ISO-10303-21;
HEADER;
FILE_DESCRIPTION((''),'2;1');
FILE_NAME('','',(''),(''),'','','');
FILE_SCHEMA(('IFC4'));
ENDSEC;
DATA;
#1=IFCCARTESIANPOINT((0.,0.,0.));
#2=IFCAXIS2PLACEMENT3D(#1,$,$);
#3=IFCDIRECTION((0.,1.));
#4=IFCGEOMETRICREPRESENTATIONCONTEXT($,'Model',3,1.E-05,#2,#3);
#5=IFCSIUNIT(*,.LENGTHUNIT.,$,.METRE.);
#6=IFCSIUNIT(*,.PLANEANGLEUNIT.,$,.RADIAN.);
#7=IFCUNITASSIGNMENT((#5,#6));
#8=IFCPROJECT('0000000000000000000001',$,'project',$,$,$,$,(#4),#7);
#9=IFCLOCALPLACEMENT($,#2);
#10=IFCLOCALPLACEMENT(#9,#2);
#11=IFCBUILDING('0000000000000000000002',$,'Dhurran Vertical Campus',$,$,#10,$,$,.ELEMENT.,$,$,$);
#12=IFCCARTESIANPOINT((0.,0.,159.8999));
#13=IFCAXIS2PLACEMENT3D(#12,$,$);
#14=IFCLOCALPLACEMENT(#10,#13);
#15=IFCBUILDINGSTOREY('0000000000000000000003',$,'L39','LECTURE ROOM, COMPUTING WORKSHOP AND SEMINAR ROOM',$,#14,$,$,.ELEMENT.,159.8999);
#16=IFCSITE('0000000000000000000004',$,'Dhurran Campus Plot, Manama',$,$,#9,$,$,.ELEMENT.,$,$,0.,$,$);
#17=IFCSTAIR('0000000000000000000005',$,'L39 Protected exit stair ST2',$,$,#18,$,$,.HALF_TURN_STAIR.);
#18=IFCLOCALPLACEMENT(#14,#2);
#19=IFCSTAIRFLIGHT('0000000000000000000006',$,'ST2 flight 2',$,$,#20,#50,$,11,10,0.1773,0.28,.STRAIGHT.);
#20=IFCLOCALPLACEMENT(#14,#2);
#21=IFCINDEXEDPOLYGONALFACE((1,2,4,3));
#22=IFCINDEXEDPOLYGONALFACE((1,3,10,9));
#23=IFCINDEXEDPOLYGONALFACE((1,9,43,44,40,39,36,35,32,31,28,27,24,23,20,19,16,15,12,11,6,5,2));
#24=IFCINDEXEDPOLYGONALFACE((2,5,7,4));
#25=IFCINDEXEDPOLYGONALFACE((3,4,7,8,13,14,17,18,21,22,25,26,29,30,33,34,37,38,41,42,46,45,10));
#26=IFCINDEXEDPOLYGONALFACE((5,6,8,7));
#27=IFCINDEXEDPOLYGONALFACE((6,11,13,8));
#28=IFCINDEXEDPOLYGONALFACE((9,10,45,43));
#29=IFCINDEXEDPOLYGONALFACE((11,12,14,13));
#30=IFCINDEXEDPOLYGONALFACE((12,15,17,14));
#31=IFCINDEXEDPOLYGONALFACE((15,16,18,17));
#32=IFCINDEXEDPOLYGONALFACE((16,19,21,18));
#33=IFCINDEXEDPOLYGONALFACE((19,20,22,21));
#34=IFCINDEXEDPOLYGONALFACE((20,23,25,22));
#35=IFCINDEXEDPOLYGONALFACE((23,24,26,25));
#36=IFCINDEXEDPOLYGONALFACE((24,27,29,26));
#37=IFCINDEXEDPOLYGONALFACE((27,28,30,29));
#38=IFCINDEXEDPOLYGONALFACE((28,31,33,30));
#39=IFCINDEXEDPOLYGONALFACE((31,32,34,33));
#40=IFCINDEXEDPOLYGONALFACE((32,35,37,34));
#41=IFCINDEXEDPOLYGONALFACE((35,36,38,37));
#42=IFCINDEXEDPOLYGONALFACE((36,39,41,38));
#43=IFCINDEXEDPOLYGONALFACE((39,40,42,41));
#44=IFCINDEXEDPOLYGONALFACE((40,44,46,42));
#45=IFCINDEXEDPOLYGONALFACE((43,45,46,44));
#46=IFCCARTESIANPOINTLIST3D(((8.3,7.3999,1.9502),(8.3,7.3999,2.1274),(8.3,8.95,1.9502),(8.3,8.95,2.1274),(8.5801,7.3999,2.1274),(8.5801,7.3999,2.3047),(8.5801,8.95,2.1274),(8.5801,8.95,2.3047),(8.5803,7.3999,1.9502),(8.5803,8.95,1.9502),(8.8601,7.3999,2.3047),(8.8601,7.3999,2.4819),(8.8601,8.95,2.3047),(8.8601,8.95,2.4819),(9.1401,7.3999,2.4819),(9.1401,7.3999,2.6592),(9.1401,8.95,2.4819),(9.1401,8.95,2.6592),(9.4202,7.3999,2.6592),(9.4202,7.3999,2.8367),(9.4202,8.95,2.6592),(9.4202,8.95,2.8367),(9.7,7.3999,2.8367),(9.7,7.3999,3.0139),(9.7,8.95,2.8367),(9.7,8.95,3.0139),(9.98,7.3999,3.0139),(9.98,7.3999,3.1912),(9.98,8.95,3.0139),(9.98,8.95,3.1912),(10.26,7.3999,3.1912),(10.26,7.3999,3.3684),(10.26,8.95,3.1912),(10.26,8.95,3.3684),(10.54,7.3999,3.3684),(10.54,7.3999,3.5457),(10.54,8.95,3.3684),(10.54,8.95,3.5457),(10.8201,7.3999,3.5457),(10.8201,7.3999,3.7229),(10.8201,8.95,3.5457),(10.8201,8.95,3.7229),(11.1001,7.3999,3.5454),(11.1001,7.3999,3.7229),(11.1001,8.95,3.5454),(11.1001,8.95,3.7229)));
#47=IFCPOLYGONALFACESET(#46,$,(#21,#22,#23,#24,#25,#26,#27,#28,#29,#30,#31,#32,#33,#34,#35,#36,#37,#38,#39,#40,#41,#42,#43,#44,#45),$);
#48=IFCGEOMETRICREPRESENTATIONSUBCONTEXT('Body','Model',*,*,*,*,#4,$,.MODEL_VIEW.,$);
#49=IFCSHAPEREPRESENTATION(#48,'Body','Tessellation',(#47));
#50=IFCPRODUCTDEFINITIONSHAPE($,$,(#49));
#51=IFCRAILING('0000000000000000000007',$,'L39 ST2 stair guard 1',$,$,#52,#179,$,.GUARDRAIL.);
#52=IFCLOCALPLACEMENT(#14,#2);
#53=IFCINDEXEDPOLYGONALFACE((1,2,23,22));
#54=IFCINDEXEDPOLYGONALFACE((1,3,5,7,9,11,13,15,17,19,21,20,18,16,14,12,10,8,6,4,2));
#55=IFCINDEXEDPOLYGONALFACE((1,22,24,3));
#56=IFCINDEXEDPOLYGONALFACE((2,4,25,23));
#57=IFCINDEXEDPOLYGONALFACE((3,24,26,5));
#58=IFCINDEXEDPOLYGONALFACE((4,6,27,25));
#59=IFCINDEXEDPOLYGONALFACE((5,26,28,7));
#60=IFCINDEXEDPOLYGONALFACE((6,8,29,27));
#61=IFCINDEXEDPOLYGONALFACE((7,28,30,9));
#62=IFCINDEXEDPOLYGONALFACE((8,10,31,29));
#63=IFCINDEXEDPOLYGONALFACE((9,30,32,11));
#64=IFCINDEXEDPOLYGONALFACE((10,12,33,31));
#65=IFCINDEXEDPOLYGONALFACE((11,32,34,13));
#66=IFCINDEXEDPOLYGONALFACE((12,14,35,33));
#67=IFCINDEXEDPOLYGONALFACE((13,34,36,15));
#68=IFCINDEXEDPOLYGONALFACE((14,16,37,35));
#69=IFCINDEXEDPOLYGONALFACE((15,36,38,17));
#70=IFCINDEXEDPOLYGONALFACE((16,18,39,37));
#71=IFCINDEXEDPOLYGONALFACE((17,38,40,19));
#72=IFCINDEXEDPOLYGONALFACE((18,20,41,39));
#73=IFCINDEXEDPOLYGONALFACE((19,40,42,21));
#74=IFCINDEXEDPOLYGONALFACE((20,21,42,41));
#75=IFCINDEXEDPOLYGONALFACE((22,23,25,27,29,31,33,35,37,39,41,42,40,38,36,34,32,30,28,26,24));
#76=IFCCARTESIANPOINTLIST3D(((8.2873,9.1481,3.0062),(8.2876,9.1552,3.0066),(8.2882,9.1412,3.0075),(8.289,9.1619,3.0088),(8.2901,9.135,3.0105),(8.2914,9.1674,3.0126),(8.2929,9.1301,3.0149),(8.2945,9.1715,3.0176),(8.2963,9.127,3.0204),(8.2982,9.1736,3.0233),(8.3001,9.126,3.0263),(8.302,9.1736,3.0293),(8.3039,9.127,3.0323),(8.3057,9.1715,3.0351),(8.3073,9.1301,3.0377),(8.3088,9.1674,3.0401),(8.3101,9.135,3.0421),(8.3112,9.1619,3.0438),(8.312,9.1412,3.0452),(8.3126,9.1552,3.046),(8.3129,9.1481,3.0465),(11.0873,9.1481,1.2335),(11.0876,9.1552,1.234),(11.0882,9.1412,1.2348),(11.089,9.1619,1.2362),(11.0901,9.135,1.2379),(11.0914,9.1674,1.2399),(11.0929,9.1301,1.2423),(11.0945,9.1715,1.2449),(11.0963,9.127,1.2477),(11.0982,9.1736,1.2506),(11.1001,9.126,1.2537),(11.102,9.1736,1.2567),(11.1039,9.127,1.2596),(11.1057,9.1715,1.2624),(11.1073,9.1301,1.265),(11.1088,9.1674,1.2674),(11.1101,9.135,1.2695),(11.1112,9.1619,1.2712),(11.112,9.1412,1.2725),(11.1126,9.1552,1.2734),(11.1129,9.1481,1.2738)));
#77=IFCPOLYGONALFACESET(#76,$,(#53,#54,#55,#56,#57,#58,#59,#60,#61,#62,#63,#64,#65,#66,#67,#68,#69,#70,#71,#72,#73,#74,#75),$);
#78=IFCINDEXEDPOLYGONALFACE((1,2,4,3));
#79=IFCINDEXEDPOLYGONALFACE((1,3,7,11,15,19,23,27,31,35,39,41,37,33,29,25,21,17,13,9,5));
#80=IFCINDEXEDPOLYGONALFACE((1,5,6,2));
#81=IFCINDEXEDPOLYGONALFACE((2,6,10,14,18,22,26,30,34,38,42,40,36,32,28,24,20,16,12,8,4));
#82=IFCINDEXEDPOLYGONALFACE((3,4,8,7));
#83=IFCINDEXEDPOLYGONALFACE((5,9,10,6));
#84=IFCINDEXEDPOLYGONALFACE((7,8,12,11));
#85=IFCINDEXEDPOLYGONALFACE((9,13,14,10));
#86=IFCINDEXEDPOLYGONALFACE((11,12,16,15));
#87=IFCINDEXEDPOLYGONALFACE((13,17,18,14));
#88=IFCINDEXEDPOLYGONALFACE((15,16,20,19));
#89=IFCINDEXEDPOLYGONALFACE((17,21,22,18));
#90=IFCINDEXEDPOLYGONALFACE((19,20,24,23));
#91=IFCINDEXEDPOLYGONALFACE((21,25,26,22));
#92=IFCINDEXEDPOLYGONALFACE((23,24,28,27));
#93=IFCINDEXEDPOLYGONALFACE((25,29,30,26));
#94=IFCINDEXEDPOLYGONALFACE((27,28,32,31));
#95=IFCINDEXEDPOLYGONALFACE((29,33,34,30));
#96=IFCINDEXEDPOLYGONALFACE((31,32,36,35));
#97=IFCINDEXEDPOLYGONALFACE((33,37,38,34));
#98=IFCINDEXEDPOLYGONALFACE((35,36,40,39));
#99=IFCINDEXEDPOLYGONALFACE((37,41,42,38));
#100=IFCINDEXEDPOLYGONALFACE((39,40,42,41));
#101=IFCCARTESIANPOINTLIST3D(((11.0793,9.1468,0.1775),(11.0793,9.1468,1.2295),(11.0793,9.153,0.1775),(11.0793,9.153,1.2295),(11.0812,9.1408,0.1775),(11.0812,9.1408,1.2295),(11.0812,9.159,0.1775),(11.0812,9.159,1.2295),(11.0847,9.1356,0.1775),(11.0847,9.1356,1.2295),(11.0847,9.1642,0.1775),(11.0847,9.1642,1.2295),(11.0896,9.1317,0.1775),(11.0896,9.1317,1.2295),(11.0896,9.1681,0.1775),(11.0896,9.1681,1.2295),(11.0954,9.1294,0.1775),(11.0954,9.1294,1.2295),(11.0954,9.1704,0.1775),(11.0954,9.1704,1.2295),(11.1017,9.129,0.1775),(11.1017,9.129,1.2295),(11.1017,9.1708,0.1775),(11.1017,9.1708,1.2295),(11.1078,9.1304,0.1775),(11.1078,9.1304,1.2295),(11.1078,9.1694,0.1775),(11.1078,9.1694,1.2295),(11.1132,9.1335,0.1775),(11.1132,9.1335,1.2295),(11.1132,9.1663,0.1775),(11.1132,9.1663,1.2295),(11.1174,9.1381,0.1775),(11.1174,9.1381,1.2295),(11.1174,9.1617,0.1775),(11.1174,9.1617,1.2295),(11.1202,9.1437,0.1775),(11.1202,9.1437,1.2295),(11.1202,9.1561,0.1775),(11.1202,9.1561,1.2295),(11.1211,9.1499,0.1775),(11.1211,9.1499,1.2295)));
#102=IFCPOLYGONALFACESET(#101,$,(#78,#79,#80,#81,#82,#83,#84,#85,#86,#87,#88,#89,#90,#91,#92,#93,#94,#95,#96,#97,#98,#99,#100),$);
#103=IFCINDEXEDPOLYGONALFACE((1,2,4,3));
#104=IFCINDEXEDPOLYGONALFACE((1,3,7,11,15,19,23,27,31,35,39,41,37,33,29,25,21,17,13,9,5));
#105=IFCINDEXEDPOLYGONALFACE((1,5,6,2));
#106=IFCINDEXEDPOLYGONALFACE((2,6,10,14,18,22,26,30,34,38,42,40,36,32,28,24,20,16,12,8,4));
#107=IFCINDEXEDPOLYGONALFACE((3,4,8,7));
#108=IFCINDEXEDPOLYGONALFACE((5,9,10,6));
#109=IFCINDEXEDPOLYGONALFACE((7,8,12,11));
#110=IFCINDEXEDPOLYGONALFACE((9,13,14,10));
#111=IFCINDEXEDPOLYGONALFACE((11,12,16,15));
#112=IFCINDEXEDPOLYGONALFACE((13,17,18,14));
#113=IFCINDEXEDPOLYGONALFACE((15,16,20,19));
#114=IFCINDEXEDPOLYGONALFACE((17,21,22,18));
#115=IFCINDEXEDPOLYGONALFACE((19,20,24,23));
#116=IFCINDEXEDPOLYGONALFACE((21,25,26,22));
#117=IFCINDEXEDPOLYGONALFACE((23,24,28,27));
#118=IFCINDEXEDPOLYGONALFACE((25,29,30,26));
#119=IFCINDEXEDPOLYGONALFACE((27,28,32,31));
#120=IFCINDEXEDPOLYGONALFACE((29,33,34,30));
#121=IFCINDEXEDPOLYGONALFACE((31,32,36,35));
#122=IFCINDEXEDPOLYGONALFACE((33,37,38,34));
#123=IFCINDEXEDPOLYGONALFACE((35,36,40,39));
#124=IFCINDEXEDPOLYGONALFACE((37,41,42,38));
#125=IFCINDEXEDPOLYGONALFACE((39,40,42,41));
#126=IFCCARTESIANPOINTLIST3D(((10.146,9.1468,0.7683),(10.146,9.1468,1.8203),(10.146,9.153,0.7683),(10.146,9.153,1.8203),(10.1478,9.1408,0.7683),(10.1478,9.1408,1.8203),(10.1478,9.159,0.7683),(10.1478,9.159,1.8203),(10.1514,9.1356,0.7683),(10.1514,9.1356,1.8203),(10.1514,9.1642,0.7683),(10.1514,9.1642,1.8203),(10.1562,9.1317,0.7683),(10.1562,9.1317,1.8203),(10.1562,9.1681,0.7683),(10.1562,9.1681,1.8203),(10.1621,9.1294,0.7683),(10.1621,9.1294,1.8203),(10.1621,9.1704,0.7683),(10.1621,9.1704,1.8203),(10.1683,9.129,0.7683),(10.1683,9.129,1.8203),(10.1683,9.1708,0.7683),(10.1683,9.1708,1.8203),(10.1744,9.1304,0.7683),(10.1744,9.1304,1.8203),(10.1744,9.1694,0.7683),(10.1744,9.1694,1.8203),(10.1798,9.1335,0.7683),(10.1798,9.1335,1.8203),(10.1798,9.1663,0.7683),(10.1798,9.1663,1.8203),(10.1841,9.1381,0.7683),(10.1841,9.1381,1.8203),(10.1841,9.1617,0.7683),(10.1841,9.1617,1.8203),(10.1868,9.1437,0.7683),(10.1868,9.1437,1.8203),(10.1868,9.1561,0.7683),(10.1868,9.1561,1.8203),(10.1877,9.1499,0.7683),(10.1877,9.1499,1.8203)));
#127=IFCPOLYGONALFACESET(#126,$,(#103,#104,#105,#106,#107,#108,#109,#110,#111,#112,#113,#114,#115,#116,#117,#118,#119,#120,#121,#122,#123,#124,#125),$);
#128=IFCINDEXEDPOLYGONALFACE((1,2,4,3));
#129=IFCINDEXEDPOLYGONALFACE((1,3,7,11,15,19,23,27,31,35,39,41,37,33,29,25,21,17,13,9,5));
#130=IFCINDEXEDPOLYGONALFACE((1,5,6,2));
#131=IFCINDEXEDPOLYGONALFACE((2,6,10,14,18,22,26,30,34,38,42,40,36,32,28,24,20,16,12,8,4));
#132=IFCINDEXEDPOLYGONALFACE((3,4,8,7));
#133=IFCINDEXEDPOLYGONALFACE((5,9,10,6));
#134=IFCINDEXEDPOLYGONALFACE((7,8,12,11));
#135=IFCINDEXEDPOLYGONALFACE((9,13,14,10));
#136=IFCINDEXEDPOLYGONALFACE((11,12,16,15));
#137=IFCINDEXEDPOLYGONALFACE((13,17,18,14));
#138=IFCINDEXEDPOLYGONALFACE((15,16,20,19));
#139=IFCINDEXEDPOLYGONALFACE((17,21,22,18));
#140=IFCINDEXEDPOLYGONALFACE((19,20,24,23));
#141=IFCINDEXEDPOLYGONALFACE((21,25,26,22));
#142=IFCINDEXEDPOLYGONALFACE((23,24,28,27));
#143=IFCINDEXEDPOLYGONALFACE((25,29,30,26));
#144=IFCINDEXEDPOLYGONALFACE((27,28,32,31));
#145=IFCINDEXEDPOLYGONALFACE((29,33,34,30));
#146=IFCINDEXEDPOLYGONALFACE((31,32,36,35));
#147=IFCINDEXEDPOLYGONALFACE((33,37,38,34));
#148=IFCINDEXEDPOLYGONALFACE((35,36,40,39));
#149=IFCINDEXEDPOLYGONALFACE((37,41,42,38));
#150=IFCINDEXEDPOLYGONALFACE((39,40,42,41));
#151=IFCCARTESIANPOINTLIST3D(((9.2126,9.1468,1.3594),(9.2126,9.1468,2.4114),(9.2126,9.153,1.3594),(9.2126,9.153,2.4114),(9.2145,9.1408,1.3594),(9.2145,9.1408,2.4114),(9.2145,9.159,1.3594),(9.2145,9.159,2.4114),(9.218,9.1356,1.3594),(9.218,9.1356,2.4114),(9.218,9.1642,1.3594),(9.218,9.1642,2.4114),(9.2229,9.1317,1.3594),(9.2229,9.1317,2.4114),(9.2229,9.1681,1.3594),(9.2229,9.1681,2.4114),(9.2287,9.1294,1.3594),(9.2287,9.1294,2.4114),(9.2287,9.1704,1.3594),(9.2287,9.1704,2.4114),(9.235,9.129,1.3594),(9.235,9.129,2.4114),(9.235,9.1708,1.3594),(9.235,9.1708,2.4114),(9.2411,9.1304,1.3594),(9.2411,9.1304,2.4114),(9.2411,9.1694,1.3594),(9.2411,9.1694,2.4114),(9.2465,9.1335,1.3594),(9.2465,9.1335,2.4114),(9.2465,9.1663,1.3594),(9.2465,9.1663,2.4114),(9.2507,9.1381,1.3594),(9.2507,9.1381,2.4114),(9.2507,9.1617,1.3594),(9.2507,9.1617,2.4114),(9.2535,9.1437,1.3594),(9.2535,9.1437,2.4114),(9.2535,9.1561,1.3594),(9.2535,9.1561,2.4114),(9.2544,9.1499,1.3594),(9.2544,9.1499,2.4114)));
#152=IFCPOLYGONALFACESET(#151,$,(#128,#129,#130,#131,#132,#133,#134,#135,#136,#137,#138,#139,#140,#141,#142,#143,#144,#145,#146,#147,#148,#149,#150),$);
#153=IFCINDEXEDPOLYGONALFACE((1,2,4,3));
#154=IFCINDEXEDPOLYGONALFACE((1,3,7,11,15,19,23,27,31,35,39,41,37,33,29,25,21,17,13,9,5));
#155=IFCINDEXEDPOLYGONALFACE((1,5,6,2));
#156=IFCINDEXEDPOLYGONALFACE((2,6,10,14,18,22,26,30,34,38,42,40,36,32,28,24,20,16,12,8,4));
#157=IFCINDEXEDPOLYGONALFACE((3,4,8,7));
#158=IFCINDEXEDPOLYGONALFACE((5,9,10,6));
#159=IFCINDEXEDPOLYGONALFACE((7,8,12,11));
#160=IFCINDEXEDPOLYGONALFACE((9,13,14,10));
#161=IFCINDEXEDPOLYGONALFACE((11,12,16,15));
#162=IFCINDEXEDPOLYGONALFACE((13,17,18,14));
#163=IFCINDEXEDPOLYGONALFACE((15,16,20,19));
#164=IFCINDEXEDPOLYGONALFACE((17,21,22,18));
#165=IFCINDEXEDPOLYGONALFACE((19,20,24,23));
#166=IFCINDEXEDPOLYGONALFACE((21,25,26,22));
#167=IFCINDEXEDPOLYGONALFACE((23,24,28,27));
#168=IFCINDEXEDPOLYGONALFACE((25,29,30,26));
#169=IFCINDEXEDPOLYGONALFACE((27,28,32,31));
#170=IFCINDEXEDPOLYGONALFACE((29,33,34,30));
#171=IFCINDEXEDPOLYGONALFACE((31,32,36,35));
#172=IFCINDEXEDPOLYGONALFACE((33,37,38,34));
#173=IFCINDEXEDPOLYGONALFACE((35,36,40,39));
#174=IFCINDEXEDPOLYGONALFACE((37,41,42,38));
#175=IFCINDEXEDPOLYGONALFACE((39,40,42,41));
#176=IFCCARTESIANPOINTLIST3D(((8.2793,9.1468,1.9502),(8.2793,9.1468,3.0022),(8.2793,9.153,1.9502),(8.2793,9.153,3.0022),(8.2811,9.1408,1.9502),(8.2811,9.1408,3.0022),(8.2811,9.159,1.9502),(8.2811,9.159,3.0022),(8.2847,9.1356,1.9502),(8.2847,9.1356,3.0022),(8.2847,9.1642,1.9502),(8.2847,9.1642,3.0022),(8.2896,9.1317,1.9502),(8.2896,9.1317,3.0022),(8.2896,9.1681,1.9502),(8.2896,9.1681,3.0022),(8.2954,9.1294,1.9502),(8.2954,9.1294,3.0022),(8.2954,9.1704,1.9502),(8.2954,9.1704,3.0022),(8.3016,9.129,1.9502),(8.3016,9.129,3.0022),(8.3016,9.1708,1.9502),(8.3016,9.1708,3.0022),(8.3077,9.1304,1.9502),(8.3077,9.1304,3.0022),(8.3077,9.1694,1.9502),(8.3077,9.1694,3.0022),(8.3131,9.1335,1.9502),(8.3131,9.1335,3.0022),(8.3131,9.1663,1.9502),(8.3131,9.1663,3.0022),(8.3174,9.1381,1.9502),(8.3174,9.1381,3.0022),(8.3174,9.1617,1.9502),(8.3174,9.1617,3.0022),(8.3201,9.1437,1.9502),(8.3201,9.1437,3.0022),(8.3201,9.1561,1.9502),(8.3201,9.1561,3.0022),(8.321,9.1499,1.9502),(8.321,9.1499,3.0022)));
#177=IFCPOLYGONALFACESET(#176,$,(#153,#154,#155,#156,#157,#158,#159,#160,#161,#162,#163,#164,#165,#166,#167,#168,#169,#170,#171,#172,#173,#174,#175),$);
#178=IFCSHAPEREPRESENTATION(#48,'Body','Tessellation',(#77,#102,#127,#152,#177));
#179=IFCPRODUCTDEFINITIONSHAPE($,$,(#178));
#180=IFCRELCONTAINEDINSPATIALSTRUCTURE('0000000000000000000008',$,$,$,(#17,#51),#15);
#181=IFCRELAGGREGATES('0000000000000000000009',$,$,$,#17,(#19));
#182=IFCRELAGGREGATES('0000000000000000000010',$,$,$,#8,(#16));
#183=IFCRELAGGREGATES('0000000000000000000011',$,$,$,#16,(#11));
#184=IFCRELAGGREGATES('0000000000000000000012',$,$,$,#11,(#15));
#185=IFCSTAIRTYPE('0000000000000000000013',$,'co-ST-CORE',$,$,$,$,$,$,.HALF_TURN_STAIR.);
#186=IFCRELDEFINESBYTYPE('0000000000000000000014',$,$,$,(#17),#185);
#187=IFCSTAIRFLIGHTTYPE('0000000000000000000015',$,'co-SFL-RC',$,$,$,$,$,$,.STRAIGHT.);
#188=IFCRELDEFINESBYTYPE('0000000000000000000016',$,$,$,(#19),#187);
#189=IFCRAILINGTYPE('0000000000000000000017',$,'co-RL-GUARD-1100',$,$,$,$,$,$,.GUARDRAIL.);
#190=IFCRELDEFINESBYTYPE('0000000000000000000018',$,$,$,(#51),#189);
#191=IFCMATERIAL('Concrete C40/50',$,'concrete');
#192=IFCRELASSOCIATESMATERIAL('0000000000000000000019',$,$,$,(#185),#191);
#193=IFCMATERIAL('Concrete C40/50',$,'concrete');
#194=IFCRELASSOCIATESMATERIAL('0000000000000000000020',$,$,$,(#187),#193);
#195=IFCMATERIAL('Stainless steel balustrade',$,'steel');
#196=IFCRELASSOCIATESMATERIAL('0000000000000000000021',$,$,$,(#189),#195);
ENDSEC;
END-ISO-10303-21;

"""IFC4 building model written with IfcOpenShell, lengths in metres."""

from ifc_helpers import new_model, si_unit, direction, frame, origin, origin_2d, place, context, subcontext, project, spatial, polyline, circle, outline, extrude, material, type_object, element, aggregate, save


model = new_model("IFC4")

# Units and contexts
model_context = context("Model", 3, precision=1e-05, world=origin(), true_north=direction((0.0, 1.0)))
body_context = subcontext(model_context, "Body", "Model", "MODEL_VIEW")
ifc_project = project(units=[si_unit("LENGTHUNIT", "METRE"), si_unit("PLANEANGLEUNIT", "RADIAN")], contexts=[model_context])

# Site, building, storey
site_placement = place(None, origin())
site = spatial("IfcSite", under=ifc_project, at=site_placement, Name="Dhurran Campus Plot, Manama", CompositionType="ELEMENT", RefElevation=0.0)
building_placement = place(site_placement, origin())
building = spatial("IfcBuilding", under=site, at=building_placement, Name="Dhurran Vertical Campus", CompositionType="ELEMENT")
storey_placement = place(building_placement, frame((0.0, 0.0, 159.8999)))
storey = spatial("IfcBuildingStorey", under=building, at=storey_placement, Name="L39", Description="LECTURE ROOM, COMPUTING WORKSHOP AND SEMINAR ROOM", CompositionType="ELEMENT", Elevation=159.8999)

# Stair, stair flight
ifc_material_1 = material(Name="Concrete C40/50", Category="concrete")
stair_type = type_object("IfcStairType", Name="co-ST-CORE", PredefinedType="HALF_TURN_STAIR", material=ifc_material_1)
stair_placement = place(storey_placement, origin())
stair = element("IfcStair", 1, at=stair_placement, inside=storey, type_object=stair_type, Name="L39 Protected exit stair ST2", PredefinedType="HALF_TURN_STAIR")
ifc_material_2 = material(Name="Concrete C40/50", Category="concrete")
stair_flight_type = type_object("IfcStairFlightType", Name="co-SFL-RC", PredefinedType="STRAIGHT", material=ifc_material_2)
stair_flight_1_placement = place(storey_placement, frame((8.3, 8.175, 1.9502), z_axis=(0.0, 0.0, 1.0), x_axis=(1.0, 0.0, 0.0)))
stair_flight_1 = element("IfcStairFlight", 2, at=stair_flight_1_placement, type_object=stair_flight_type, Name="ST2 flight 2", NumberOfRisers=11, NumberOfTreads=10, PredefinedType="STRAIGHT", RiserHeight=0.1773, TreadLength=0.28, context=body_context, shape_type="SweptSolid", body=[
    extrude(outline(polyline([(0.0, 0.0), (0.0, 0.1772), (0.28, 0.1772), (0.28, 0.3545), (0.5601, 0.3545), (0.5601, 0.5317), (0.8401, 0.5317), (0.8401, 0.709), (1.1201, 0.709), (1.1201, 0.8865), (1.3999, 0.8865), (1.3999, 1.0637), (1.6799, 1.0637), (1.6799, 1.241), (1.96, 1.241), (1.96, 1.4182), (2.24, 1.4182), (2.24, 1.5955), (2.52, 1.5955), (2.52, 1.7727), (2.8, 1.7727), (2.8, 1.95), (2.8, 1.5952), (0.2803, 0.0), (0.0, 0.0)])), frame((0.0, 0.7749, 0.0), z_axis=(0.0, -1.0, 0.0), x_axis=(1.0, 0.0, 0.0)), (0.0, 0.0, 1.0), 1.55),
])
aggregate(stair, [stair_flight_1])

# Railing
ifc_material_3 = material(Name="Stainless steel balustrade", Category="steel")
railing_type_1 = type_object("IfcRailingType", Name="co-RL-GUARD-1100", PredefinedType="GUARDRAIL", material=ifc_material_3)
railing_1_placement = place(storey_placement, frame((11.1001, 9.1499, 0.1775)))
element("IfcRailing", 3, at=railing_1_placement, inside=storey, type_object=railing_type_1, Name="L39 ST2 stair guard 1", PredefinedType="GUARDRAIL", context=body_context, shape_type="SweptSolid", body=[
    extrude(circle(Radius=0.0239, at=origin_2d()), frame((0.0, 0.0, 1.0762), z_axis=(-0.844909, 0.0, 0.53491), x_axis=(0.0, -1.0, 0.0)), (0.0, 0.0, 1.0), 3.314),
    extrude(circle(Radius=0.021, at=origin_2d()), origin(), (0.0, 0.0, 1.0), 1.052),
    extrude(circle(Radius=0.021, at=origin_2d()), frame((-0.9333, 0.0, 0.5908)), (0.0, 0.0, 1.0), 1.052),
    extrude(circle(Radius=0.021, at=origin_2d()), frame((-1.8667, 0.0, 1.1819)), (0.0, 0.0, 1.0), 1.052),
    extrude(circle(Radius=0.021, at=origin_2d()), frame((-2.8, 0.0, 1.7727)), (0.0, 0.0, 1.0), 1.052),
])

save(model, "model.ifc")
